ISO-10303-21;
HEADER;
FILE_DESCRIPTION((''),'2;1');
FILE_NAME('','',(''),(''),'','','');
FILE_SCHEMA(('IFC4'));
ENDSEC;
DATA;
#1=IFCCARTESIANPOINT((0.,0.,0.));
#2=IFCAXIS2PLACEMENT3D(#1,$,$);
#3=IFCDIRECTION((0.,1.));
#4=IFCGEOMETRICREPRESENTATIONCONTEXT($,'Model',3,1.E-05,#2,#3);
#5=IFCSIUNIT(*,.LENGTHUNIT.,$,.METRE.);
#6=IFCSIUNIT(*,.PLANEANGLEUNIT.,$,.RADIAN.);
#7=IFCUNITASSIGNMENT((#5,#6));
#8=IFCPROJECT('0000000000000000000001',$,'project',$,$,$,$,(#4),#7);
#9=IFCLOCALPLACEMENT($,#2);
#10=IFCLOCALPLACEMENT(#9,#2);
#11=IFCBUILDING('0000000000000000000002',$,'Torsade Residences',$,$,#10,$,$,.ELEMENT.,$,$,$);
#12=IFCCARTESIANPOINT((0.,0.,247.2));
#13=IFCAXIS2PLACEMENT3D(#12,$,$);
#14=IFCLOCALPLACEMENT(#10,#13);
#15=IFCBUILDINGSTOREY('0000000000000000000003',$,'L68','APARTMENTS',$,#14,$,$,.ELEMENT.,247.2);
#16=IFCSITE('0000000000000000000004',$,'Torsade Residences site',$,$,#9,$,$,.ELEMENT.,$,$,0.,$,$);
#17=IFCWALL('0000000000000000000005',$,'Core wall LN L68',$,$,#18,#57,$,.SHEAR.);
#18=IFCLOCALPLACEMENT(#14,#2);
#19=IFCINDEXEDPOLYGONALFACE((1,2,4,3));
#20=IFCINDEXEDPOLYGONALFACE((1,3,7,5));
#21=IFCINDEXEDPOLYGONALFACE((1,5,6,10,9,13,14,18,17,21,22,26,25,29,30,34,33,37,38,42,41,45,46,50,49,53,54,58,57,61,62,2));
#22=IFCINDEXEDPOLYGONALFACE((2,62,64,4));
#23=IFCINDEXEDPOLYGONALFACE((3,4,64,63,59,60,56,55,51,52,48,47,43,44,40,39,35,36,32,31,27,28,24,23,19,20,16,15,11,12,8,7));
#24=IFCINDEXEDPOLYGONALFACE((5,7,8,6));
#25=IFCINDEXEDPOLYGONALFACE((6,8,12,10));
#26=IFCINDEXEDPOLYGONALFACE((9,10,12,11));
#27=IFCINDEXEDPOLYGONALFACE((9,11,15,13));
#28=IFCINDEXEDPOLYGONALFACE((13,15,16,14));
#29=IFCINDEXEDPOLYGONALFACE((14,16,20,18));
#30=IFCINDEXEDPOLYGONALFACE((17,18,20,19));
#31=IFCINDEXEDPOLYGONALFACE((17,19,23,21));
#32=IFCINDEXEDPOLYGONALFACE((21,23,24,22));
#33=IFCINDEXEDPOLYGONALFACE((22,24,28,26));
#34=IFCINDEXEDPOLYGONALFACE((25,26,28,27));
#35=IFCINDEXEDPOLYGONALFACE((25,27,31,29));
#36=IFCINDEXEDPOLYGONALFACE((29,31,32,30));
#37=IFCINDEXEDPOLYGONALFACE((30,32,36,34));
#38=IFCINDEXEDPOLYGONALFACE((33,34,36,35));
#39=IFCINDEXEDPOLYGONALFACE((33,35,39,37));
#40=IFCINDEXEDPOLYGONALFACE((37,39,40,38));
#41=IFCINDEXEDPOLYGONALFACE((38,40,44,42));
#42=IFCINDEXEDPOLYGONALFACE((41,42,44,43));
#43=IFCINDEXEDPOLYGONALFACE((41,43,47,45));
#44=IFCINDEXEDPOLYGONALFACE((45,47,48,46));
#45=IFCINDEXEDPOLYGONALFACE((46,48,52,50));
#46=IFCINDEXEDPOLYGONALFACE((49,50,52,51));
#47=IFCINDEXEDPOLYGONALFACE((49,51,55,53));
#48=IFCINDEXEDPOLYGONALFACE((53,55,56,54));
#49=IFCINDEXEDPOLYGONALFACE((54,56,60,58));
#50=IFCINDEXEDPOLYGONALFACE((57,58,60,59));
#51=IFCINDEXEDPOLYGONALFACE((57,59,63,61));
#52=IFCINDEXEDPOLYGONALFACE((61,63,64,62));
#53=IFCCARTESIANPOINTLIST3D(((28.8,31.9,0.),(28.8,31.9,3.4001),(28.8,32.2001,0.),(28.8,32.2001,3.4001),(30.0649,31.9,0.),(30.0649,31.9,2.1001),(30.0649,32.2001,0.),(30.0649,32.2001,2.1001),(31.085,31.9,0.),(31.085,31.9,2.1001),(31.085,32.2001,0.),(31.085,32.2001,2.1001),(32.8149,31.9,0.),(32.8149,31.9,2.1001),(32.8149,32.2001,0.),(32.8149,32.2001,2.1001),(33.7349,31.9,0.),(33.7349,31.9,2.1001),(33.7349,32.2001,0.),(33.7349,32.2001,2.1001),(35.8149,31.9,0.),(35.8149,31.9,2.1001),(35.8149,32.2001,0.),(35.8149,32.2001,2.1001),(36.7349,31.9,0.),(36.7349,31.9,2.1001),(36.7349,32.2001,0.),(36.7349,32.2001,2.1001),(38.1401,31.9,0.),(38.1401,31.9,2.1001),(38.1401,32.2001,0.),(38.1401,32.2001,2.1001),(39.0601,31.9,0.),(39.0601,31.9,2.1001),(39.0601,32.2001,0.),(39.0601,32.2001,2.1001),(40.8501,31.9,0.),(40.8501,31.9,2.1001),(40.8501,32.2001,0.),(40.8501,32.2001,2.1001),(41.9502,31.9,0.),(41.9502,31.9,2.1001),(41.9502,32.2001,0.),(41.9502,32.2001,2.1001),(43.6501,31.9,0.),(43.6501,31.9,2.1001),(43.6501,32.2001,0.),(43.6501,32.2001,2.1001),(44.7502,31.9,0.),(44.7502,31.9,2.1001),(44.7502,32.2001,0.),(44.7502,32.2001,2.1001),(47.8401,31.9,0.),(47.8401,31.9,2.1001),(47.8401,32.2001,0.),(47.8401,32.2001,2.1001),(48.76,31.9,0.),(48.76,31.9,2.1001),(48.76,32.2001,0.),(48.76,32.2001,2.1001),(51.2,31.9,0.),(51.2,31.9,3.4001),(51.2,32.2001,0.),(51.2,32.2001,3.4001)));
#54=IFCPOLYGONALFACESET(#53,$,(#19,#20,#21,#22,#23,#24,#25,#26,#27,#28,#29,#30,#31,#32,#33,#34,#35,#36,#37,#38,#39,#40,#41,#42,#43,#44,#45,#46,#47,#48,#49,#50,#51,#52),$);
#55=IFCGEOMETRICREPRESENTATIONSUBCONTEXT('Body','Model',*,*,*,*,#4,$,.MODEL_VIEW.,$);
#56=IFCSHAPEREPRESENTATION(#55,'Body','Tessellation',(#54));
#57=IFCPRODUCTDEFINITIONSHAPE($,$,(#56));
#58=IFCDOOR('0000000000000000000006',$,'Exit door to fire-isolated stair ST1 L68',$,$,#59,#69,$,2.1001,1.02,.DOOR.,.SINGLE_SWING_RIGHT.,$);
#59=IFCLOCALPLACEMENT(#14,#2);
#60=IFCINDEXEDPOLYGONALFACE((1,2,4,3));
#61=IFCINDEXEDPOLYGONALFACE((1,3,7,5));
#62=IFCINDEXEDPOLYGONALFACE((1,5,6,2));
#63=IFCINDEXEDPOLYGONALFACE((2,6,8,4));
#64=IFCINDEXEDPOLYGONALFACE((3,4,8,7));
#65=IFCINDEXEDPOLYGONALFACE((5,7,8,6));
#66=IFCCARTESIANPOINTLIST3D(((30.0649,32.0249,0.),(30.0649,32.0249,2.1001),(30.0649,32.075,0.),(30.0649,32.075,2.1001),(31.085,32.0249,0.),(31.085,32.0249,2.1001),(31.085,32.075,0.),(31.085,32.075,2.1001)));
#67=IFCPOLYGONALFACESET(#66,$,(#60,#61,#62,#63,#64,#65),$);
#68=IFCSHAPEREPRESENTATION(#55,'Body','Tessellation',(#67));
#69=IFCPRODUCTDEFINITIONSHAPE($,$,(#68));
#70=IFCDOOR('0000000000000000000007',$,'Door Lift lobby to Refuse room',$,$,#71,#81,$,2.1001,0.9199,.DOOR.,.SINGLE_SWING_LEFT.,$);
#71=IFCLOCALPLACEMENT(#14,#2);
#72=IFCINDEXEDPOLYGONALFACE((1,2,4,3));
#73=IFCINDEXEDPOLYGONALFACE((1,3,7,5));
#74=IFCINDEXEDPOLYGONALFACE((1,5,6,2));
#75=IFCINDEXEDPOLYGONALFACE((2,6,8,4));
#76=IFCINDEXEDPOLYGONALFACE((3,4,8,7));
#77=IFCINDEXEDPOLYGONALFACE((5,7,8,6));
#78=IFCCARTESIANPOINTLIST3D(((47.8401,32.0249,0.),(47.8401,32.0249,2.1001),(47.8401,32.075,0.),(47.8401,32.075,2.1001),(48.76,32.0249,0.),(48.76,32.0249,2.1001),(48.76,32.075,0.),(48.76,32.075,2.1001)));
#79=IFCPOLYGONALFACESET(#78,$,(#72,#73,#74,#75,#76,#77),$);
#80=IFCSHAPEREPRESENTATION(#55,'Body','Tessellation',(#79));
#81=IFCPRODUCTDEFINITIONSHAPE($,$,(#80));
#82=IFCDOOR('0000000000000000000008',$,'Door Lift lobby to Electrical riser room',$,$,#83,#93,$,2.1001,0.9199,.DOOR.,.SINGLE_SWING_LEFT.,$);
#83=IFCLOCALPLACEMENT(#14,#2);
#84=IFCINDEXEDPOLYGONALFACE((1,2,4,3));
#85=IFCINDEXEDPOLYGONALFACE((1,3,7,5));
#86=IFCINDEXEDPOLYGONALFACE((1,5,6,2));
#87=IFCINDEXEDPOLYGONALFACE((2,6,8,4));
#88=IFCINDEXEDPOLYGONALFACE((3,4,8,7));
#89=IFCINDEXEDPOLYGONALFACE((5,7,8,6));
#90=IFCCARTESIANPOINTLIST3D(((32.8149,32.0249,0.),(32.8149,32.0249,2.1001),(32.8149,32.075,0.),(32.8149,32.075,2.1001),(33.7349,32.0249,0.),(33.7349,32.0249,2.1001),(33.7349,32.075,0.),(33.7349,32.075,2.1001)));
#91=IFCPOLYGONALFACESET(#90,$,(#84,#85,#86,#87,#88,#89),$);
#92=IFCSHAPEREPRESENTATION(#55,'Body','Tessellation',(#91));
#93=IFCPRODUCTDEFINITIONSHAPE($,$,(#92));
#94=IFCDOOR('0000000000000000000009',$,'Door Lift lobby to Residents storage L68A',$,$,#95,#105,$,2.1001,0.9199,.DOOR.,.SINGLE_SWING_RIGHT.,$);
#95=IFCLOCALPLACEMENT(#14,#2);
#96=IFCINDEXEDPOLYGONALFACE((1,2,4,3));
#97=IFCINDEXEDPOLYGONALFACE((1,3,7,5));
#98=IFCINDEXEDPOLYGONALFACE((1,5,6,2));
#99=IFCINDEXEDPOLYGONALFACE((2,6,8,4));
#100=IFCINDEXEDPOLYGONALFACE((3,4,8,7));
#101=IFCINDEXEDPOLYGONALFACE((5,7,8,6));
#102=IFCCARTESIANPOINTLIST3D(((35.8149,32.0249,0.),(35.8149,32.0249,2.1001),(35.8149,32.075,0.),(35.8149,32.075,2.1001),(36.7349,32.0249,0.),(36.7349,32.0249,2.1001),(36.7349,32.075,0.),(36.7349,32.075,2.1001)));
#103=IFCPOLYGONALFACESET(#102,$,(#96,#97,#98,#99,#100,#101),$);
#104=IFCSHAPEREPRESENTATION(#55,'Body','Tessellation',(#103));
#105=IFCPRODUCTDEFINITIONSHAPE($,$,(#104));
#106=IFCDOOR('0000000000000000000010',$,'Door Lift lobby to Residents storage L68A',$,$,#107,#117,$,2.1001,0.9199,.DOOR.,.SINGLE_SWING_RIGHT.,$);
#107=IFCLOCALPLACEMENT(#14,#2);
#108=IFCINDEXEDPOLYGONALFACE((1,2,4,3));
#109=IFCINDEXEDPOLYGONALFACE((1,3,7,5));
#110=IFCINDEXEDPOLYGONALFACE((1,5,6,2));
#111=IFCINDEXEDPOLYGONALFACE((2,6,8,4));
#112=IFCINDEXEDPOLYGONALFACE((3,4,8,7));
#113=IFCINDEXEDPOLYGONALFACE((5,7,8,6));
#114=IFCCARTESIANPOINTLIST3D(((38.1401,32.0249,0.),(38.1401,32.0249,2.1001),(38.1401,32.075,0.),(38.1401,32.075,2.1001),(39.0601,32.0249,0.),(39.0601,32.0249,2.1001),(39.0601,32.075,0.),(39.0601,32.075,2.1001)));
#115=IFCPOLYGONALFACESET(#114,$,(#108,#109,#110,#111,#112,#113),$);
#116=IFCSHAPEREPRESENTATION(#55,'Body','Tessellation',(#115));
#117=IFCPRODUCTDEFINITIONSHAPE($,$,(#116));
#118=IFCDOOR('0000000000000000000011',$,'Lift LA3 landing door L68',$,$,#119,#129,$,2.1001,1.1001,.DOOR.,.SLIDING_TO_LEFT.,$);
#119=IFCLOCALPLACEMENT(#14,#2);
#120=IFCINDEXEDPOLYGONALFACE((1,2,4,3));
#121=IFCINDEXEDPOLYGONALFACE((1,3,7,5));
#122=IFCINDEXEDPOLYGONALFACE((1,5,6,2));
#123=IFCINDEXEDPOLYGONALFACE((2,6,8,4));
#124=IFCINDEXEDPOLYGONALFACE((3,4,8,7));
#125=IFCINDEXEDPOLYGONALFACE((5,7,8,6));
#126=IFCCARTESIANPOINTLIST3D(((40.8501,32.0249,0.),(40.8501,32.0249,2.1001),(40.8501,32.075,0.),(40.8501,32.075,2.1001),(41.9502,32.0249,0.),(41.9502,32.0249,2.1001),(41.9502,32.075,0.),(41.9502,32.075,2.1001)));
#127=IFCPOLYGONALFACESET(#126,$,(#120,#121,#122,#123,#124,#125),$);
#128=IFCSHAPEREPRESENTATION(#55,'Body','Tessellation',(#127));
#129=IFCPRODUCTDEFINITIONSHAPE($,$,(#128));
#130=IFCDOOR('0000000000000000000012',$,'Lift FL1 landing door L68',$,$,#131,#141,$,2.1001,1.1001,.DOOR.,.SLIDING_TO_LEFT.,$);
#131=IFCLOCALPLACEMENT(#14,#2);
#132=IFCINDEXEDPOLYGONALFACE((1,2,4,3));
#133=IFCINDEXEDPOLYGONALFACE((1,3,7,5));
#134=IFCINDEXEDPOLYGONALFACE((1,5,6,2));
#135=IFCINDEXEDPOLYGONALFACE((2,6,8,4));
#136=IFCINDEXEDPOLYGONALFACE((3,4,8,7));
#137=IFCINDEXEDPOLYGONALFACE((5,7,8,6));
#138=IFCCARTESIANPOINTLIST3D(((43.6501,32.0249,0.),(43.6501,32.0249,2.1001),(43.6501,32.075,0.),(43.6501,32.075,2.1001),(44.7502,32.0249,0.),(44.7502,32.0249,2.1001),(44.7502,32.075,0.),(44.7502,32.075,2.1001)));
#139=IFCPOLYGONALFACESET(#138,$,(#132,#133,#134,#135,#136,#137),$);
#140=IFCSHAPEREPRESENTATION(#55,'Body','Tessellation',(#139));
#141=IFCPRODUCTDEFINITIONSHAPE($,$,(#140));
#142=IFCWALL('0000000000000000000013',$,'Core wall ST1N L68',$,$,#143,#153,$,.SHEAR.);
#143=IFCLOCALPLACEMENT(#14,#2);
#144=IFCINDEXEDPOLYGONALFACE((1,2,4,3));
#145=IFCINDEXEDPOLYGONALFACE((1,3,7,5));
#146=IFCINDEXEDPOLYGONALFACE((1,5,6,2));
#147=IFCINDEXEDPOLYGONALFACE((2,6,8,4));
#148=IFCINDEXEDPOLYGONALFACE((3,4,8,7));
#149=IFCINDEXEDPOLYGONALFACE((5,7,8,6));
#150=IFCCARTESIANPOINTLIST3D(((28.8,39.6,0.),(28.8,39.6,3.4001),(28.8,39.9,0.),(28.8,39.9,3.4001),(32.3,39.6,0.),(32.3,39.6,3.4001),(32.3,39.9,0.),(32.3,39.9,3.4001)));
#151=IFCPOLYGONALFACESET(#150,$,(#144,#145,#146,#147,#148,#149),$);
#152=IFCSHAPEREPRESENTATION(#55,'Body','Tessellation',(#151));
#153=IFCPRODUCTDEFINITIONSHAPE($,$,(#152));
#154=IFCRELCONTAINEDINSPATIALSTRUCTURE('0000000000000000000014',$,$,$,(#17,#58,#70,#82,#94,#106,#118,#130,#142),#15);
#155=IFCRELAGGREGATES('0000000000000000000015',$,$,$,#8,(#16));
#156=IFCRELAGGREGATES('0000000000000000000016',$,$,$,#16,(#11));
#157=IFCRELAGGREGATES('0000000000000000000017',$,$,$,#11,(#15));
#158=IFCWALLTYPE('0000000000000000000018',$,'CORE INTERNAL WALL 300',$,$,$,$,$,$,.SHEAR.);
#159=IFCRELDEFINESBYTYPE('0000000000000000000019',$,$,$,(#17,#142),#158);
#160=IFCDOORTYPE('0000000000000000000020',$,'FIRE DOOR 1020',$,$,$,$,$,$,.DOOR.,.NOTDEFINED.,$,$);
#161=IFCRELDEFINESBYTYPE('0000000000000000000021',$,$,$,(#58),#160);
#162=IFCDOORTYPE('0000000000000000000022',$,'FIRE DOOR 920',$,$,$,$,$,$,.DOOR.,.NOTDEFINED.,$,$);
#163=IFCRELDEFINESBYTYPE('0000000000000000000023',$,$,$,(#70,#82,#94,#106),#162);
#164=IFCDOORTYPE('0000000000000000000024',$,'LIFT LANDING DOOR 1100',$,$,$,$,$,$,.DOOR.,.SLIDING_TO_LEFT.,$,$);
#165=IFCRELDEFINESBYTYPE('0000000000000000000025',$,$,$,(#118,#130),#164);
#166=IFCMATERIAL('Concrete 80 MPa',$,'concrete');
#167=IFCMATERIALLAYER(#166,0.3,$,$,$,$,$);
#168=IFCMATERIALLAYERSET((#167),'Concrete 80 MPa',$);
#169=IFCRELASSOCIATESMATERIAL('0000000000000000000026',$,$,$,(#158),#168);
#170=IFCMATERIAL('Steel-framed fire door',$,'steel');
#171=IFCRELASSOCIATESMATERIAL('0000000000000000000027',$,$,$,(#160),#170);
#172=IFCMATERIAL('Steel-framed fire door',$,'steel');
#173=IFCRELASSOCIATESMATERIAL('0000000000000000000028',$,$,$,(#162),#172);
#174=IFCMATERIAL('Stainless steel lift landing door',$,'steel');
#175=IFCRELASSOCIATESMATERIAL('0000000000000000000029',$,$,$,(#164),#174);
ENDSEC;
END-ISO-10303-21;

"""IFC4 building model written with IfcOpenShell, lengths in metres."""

from ifc_helpers import new_model, si_unit, direction, frame, frame_2d, origin, place, context, subcontext, project, spatial, rectangle, extrude, material, layer, layer_set, type_object, element, fill, save


model = new_model("IFC4")

# Units and contexts
model_context = context("Model", 3, precision=1e-05, world=origin(), true_north=direction((0.0, 1.0)))
body_context = subcontext(model_context, "Body", "Model", "MODEL_VIEW")
ifc_project = project(units=[si_unit("LENGTHUNIT", "METRE"), si_unit("PLANEANGLEUNIT", "RADIAN")], contexts=[model_context])

# Site, building, storey
site_placement = place(None, origin())
site = spatial("IfcSite", under=ifc_project, at=site_placement, Name="Torsade Residences site", CompositionType="ELEMENT", RefElevation=0.0)
building_placement = place(site_placement, origin())
building = spatial("IfcBuilding", under=site, at=building_placement, Name="Torsade Residences", CompositionType="ELEMENT")
storey_placement = place(building_placement, frame((0.0, 0.0, 247.2)))
storey = spatial("IfcBuildingStorey", under=building, at=storey_placement, Name="L68", Description="APARTMENTS", CompositionType="ELEMENT", Elevation=247.2)

# Wall, openings, doors
ifc_material_1 = material(Name="Concrete 80 MPa", Category="concrete")
ifc_layer_1 = layer(ifc_material_1, 0.3)
ifc_layer_set_1 = layer_set([ifc_layer_1], Name="Concrete 80 MPa")
wall_type_1 = type_object("IfcWallType", Name="CORE INTERNAL WALL 300", PredefinedType="SHEAR", material=ifc_layer_set_1)
wall_1_placement = place(storey_placement, frame((28.8, 32.05, 0.0), z_axis=(0.0, 0.0, 1.0), x_axis=(1.0, 0.0, 0.0)))
wall_1 = element("IfcWall", 1, at=wall_1_placement, inside=storey, type_object=wall_type_1, Name="Core wall LN L68", PredefinedType="SHEAR", context=body_context, shape_type="SweptSolid", body=[
    extrude(rectangle(XDim=22.3999, YDim=0.3, at=frame_2d((11.2, 0.0))), origin(), (0.0, 0.0, 1.0), 3.4001),
])
opening_1_placement = place(wall_1_placement, frame((19.04, 0.0, 0.0)))
opening_1 = element("IfcOpeningElement", 2, at=opening_1_placement, cuts=wall_1, PredefinedType="OPENING", context=body_context, shape_type="SweptSolid", body=[
    extrude(rectangle(XDim=0.9199, YDim=2.1001, at=frame_2d((0.46, 1.05))), frame((0.0, 0.1599, 0.0), z_axis=(0.0, -1.0, 0.0), x_axis=(1.0, 0.0, 0.0)), (0.0, 0.0, 1.0), 0.3201),
])
opening_2_placement = place(wall_1_placement, frame((1.2649, 0.0, 0.0)))
opening_2 = element("IfcOpeningElement", 3, at=opening_2_placement, cuts=wall_1, PredefinedType="OPENING", context=body_context, shape_type="SweptSolid", body=[
    extrude(rectangle(XDim=1.02, YDim=2.1001, at=frame_2d((0.51, 1.05))), frame((0.0, 0.1599, 0.0), z_axis=(0.0, -1.0, 0.0), x_axis=(1.0, 0.0, 0.0)), (0.0, 0.0, 1.0), 0.3201),
])
opening_3_placement = place(wall_1_placement, frame((4.0149, 0.0, 0.0)))
opening_3 = element("IfcOpeningElement", 4, at=opening_3_placement, cuts=wall_1, PredefinedType="OPENING", context=body_context, shape_type="SweptSolid", body=[
    extrude(rectangle(XDim=0.9199, YDim=2.1001, at=frame_2d((0.46, 1.05))), frame((0.0, 0.1599, 0.0), z_axis=(0.0, -1.0, 0.0), x_axis=(1.0, 0.0, 0.0)), (0.0, 0.0, 1.0), 0.3201),
])
opening_4_placement = place(wall_1_placement, frame((7.0149, 0.0, 0.0)))
opening_4 = element("IfcOpeningElement", 5, at=opening_4_placement, cuts=wall_1, PredefinedType="OPENING", context=body_context, shape_type="SweptSolid", body=[
    extrude(rectangle(XDim=0.9199, YDim=2.1001, at=frame_2d((0.46, 1.05))), frame((0.0, 0.1599, 0.0), z_axis=(0.0, -1.0, 0.0), x_axis=(1.0, 0.0, 0.0)), (0.0, 0.0, 1.0), 0.3201),
])
opening_5_placement = place(wall_1_placement, frame((9.3401, 0.0, 0.0)))
opening_5 = element("IfcOpeningElement", 6, at=opening_5_placement, cuts=wall_1, PredefinedType="OPENING", context=body_context, shape_type="SweptSolid", body=[
    extrude(rectangle(XDim=0.9199, YDim=2.1001, at=frame_2d((0.46, 1.05))), frame((0.0, 0.1599, 0.0), z_axis=(0.0, -1.0, 0.0), x_axis=(1.0, 0.0, 0.0)), (0.0, 0.0, 1.0), 0.3201),
])
opening_6_placement = place(wall_1_placement, frame((12.05, 0.0, 0.0)))
opening_6 = element("IfcOpeningElement", 7, at=opening_6_placement, cuts=wall_1, PredefinedType="OPENING", context=body_context, shape_type="SweptSolid", body=[
    extrude(rectangle(XDim=1.1001, YDim=2.1001, at=frame_2d((0.55, 1.05))), frame((0.0, 0.1599, 0.0), z_axis=(0.0, -1.0, 0.0), x_axis=(1.0, 0.0, 0.0)), (0.0, 0.0, 1.0), 0.3201),
])
opening_7_placement = place(wall_1_placement, frame((14.8501, 0.0, 0.0)))
opening_7 = element("IfcOpeningElement", 8, at=opening_7_placement, cuts=wall_1, PredefinedType="OPENING", context=body_context, shape_type="SweptSolid", body=[
    extrude(rectangle(XDim=1.1001, YDim=2.1001, at=frame_2d((0.55, 1.05))), frame((0.0, 0.1599, 0.0), z_axis=(0.0, -1.0, 0.0), x_axis=(1.0, 0.0, 0.0)), (0.0, 0.0, 1.0), 0.3201),
])
ifc_material_2 = material(Name="Steel-framed fire door", Category="steel")
door_type_1 = type_object("IfcDoorType", Name="FIRE DOOR 1020", OperationType="NOTDEFINED", PredefinedType="DOOR", material=ifc_material_2)
door_1_placement = place(opening_2_placement, origin())
door_1 = element("IfcDoor", 9, at=door_1_placement, inside=storey, type_object=door_type_1, Name="Exit door to fire-isolated stair ST1 L68", OperationType="SINGLE_SWING_RIGHT", OverallHeight=2.1001, OverallWidth=1.02, PredefinedType="DOOR", context=body_context, shape_type="SweptSolid", body=[
    extrude(rectangle(XDim=1.02, YDim=2.1001, at=frame_2d((0.51, 1.05))), frame((0.0, 0.0249, 0.0), z_axis=(0.0, -1.0, 0.0), x_axis=(1.0, 0.0, 0.0)), (0.0, 0.0, 1.0), 0.05),
])
fill(opening_2, door_1)
ifc_material_3 = material(Name="Steel-framed fire door", Category="steel")
door_type_2 = type_object("IfcDoorType", Name="FIRE DOOR 920", OperationType="NOTDEFINED", PredefinedType="DOOR", material=ifc_material_3)
door_2_placement = place(opening_1_placement, origin())
door_2 = element("IfcDoor", 10, at=door_2_placement, inside=storey, type_object=door_type_2, Name="Door Lift lobby to Refuse room", OperationType="SINGLE_SWING_LEFT", OverallHeight=2.1001, OverallWidth=0.9199, PredefinedType="DOOR", context=body_context, shape_type="SweptSolid", body=[
    extrude(rectangle(XDim=0.9199, YDim=2.1001, at=frame_2d((0.46, 1.05))), frame((0.0, 0.0249, 0.0), z_axis=(0.0, -1.0, 0.0), x_axis=(1.0, 0.0, 0.0)), (0.0, 0.0, 1.0), 0.05),
])
fill(opening_1, door_2)
door_3_placement = place(opening_3_placement, origin())
door_3 = element("IfcDoor", 11, at=door_3_placement, inside=storey, type_object=door_type_2, Name="Door Lift lobby to Electrical riser room", OperationType="SINGLE_SWING_LEFT", OverallHeight=2.1001, OverallWidth=0.9199, PredefinedType="DOOR", context=body_context, shape_type="SweptSolid", body=[
    extrude(rectangle(XDim=0.9199, YDim=2.1001, at=frame_2d((0.46, 1.05))), frame((0.0, 0.0249, 0.0), z_axis=(0.0, -1.0, 0.0), x_axis=(1.0, 0.0, 0.0)), (0.0, 0.0, 1.0), 0.05),
])
fill(opening_3, door_3)
door_4_placement = place(opening_4_placement, origin())
door_4 = element("IfcDoor", 12, at=door_4_placement, inside=storey, type_object=door_type_2, Name="Door Lift lobby to Residents storage L68A", OperationType="SINGLE_SWING_RIGHT", OverallHeight=2.1001, OverallWidth=0.9199, PredefinedType="DOOR", context=body_context, shape_type="SweptSolid", body=[
    extrude(rectangle(XDim=0.9199, YDim=2.1001, at=frame_2d((0.46, 1.05))), frame((0.0, 0.0249, 0.0), z_axis=(0.0, -1.0, 0.0), x_axis=(1.0, 0.0, 0.0)), (0.0, 0.0, 1.0), 0.05),
])
fill(opening_4, door_4)
door_5_placement = place(opening_5_placement, origin())
door_5 = element("IfcDoor", 13, at=door_5_placement, inside=storey, type_object=door_type_2, Name="Door Lift lobby to Residents storage L68A", OperationType="SINGLE_SWING_RIGHT", OverallHeight=2.1001, OverallWidth=0.9199, PredefinedType="DOOR", context=body_context, shape_type="SweptSolid", body=[
    extrude(rectangle(XDim=0.9199, YDim=2.1001, at=frame_2d((0.46, 1.05))), frame((0.0, 0.0249, 0.0), z_axis=(0.0, -1.0, 0.0), x_axis=(1.0, 0.0, 0.0)), (0.0, 0.0, 1.0), 0.05),
])
fill(opening_5, door_5)
ifc_material_4 = material(Name="Stainless steel lift landing door", Category="steel")
door_type_3 = type_object("IfcDoorType", Name="LIFT LANDING DOOR 1100", OperationType="SLIDING_TO_LEFT", PredefinedType="DOOR", material=ifc_material_4)
door_6_placement = place(opening_6_placement, origin())
door_6 = element("IfcDoor", 14, at=door_6_placement, inside=storey, type_object=door_type_3, Name="Lift LA3 landing door L68", OperationType="SLIDING_TO_LEFT", OverallHeight=2.1001, OverallWidth=1.1001, PredefinedType="DOOR", context=body_context, shape_type="SweptSolid", body=[
    extrude(rectangle(XDim=1.1001, YDim=2.1001, at=frame_2d((0.55, 1.05))), frame((0.0, 0.0249, 0.0), z_axis=(0.0, -1.0, 0.0), x_axis=(1.0, 0.0, 0.0)), (0.0, 0.0, 1.0), 0.05),
])
fill(opening_6, door_6)
door_7_placement = place(opening_7_placement, origin())
door_7 = element("IfcDoor", 15, at=door_7_placement, inside=storey, type_object=door_type_3, Name="Lift FL1 landing door L68", OperationType="SLIDING_TO_LEFT", OverallHeight=2.1001, OverallWidth=1.1001, PredefinedType="DOOR", context=body_context, shape_type="SweptSolid", body=[
    extrude(rectangle(XDim=1.1001, YDim=2.1001, at=frame_2d((0.55, 1.05))), frame((0.0, 0.0249, 0.0), z_axis=(0.0, -1.0, 0.0), x_axis=(1.0, 0.0, 0.0)), (0.0, 0.0, 1.0), 0.05),
])
fill(opening_7, door_7)

# Wall
wall_2_placement = place(storey_placement, frame((28.8, 39.75, 0.0), z_axis=(0.0, 0.0, 1.0), x_axis=(1.0, 0.0, 0.0)))
element("IfcWall", 16, at=wall_2_placement, inside=storey, type_object=wall_type_1, Name="Core wall ST1N L68", PredefinedType="SHEAR", context=body_context, shape_type="SweptSolid", body=[
    extrude(rectangle(XDim=3.5, YDim=0.3, at=frame_2d((1.75, 0.0))), origin(), (0.0, 0.0, 1.0), 3.4001),
])

save(model, "model.ifc")
